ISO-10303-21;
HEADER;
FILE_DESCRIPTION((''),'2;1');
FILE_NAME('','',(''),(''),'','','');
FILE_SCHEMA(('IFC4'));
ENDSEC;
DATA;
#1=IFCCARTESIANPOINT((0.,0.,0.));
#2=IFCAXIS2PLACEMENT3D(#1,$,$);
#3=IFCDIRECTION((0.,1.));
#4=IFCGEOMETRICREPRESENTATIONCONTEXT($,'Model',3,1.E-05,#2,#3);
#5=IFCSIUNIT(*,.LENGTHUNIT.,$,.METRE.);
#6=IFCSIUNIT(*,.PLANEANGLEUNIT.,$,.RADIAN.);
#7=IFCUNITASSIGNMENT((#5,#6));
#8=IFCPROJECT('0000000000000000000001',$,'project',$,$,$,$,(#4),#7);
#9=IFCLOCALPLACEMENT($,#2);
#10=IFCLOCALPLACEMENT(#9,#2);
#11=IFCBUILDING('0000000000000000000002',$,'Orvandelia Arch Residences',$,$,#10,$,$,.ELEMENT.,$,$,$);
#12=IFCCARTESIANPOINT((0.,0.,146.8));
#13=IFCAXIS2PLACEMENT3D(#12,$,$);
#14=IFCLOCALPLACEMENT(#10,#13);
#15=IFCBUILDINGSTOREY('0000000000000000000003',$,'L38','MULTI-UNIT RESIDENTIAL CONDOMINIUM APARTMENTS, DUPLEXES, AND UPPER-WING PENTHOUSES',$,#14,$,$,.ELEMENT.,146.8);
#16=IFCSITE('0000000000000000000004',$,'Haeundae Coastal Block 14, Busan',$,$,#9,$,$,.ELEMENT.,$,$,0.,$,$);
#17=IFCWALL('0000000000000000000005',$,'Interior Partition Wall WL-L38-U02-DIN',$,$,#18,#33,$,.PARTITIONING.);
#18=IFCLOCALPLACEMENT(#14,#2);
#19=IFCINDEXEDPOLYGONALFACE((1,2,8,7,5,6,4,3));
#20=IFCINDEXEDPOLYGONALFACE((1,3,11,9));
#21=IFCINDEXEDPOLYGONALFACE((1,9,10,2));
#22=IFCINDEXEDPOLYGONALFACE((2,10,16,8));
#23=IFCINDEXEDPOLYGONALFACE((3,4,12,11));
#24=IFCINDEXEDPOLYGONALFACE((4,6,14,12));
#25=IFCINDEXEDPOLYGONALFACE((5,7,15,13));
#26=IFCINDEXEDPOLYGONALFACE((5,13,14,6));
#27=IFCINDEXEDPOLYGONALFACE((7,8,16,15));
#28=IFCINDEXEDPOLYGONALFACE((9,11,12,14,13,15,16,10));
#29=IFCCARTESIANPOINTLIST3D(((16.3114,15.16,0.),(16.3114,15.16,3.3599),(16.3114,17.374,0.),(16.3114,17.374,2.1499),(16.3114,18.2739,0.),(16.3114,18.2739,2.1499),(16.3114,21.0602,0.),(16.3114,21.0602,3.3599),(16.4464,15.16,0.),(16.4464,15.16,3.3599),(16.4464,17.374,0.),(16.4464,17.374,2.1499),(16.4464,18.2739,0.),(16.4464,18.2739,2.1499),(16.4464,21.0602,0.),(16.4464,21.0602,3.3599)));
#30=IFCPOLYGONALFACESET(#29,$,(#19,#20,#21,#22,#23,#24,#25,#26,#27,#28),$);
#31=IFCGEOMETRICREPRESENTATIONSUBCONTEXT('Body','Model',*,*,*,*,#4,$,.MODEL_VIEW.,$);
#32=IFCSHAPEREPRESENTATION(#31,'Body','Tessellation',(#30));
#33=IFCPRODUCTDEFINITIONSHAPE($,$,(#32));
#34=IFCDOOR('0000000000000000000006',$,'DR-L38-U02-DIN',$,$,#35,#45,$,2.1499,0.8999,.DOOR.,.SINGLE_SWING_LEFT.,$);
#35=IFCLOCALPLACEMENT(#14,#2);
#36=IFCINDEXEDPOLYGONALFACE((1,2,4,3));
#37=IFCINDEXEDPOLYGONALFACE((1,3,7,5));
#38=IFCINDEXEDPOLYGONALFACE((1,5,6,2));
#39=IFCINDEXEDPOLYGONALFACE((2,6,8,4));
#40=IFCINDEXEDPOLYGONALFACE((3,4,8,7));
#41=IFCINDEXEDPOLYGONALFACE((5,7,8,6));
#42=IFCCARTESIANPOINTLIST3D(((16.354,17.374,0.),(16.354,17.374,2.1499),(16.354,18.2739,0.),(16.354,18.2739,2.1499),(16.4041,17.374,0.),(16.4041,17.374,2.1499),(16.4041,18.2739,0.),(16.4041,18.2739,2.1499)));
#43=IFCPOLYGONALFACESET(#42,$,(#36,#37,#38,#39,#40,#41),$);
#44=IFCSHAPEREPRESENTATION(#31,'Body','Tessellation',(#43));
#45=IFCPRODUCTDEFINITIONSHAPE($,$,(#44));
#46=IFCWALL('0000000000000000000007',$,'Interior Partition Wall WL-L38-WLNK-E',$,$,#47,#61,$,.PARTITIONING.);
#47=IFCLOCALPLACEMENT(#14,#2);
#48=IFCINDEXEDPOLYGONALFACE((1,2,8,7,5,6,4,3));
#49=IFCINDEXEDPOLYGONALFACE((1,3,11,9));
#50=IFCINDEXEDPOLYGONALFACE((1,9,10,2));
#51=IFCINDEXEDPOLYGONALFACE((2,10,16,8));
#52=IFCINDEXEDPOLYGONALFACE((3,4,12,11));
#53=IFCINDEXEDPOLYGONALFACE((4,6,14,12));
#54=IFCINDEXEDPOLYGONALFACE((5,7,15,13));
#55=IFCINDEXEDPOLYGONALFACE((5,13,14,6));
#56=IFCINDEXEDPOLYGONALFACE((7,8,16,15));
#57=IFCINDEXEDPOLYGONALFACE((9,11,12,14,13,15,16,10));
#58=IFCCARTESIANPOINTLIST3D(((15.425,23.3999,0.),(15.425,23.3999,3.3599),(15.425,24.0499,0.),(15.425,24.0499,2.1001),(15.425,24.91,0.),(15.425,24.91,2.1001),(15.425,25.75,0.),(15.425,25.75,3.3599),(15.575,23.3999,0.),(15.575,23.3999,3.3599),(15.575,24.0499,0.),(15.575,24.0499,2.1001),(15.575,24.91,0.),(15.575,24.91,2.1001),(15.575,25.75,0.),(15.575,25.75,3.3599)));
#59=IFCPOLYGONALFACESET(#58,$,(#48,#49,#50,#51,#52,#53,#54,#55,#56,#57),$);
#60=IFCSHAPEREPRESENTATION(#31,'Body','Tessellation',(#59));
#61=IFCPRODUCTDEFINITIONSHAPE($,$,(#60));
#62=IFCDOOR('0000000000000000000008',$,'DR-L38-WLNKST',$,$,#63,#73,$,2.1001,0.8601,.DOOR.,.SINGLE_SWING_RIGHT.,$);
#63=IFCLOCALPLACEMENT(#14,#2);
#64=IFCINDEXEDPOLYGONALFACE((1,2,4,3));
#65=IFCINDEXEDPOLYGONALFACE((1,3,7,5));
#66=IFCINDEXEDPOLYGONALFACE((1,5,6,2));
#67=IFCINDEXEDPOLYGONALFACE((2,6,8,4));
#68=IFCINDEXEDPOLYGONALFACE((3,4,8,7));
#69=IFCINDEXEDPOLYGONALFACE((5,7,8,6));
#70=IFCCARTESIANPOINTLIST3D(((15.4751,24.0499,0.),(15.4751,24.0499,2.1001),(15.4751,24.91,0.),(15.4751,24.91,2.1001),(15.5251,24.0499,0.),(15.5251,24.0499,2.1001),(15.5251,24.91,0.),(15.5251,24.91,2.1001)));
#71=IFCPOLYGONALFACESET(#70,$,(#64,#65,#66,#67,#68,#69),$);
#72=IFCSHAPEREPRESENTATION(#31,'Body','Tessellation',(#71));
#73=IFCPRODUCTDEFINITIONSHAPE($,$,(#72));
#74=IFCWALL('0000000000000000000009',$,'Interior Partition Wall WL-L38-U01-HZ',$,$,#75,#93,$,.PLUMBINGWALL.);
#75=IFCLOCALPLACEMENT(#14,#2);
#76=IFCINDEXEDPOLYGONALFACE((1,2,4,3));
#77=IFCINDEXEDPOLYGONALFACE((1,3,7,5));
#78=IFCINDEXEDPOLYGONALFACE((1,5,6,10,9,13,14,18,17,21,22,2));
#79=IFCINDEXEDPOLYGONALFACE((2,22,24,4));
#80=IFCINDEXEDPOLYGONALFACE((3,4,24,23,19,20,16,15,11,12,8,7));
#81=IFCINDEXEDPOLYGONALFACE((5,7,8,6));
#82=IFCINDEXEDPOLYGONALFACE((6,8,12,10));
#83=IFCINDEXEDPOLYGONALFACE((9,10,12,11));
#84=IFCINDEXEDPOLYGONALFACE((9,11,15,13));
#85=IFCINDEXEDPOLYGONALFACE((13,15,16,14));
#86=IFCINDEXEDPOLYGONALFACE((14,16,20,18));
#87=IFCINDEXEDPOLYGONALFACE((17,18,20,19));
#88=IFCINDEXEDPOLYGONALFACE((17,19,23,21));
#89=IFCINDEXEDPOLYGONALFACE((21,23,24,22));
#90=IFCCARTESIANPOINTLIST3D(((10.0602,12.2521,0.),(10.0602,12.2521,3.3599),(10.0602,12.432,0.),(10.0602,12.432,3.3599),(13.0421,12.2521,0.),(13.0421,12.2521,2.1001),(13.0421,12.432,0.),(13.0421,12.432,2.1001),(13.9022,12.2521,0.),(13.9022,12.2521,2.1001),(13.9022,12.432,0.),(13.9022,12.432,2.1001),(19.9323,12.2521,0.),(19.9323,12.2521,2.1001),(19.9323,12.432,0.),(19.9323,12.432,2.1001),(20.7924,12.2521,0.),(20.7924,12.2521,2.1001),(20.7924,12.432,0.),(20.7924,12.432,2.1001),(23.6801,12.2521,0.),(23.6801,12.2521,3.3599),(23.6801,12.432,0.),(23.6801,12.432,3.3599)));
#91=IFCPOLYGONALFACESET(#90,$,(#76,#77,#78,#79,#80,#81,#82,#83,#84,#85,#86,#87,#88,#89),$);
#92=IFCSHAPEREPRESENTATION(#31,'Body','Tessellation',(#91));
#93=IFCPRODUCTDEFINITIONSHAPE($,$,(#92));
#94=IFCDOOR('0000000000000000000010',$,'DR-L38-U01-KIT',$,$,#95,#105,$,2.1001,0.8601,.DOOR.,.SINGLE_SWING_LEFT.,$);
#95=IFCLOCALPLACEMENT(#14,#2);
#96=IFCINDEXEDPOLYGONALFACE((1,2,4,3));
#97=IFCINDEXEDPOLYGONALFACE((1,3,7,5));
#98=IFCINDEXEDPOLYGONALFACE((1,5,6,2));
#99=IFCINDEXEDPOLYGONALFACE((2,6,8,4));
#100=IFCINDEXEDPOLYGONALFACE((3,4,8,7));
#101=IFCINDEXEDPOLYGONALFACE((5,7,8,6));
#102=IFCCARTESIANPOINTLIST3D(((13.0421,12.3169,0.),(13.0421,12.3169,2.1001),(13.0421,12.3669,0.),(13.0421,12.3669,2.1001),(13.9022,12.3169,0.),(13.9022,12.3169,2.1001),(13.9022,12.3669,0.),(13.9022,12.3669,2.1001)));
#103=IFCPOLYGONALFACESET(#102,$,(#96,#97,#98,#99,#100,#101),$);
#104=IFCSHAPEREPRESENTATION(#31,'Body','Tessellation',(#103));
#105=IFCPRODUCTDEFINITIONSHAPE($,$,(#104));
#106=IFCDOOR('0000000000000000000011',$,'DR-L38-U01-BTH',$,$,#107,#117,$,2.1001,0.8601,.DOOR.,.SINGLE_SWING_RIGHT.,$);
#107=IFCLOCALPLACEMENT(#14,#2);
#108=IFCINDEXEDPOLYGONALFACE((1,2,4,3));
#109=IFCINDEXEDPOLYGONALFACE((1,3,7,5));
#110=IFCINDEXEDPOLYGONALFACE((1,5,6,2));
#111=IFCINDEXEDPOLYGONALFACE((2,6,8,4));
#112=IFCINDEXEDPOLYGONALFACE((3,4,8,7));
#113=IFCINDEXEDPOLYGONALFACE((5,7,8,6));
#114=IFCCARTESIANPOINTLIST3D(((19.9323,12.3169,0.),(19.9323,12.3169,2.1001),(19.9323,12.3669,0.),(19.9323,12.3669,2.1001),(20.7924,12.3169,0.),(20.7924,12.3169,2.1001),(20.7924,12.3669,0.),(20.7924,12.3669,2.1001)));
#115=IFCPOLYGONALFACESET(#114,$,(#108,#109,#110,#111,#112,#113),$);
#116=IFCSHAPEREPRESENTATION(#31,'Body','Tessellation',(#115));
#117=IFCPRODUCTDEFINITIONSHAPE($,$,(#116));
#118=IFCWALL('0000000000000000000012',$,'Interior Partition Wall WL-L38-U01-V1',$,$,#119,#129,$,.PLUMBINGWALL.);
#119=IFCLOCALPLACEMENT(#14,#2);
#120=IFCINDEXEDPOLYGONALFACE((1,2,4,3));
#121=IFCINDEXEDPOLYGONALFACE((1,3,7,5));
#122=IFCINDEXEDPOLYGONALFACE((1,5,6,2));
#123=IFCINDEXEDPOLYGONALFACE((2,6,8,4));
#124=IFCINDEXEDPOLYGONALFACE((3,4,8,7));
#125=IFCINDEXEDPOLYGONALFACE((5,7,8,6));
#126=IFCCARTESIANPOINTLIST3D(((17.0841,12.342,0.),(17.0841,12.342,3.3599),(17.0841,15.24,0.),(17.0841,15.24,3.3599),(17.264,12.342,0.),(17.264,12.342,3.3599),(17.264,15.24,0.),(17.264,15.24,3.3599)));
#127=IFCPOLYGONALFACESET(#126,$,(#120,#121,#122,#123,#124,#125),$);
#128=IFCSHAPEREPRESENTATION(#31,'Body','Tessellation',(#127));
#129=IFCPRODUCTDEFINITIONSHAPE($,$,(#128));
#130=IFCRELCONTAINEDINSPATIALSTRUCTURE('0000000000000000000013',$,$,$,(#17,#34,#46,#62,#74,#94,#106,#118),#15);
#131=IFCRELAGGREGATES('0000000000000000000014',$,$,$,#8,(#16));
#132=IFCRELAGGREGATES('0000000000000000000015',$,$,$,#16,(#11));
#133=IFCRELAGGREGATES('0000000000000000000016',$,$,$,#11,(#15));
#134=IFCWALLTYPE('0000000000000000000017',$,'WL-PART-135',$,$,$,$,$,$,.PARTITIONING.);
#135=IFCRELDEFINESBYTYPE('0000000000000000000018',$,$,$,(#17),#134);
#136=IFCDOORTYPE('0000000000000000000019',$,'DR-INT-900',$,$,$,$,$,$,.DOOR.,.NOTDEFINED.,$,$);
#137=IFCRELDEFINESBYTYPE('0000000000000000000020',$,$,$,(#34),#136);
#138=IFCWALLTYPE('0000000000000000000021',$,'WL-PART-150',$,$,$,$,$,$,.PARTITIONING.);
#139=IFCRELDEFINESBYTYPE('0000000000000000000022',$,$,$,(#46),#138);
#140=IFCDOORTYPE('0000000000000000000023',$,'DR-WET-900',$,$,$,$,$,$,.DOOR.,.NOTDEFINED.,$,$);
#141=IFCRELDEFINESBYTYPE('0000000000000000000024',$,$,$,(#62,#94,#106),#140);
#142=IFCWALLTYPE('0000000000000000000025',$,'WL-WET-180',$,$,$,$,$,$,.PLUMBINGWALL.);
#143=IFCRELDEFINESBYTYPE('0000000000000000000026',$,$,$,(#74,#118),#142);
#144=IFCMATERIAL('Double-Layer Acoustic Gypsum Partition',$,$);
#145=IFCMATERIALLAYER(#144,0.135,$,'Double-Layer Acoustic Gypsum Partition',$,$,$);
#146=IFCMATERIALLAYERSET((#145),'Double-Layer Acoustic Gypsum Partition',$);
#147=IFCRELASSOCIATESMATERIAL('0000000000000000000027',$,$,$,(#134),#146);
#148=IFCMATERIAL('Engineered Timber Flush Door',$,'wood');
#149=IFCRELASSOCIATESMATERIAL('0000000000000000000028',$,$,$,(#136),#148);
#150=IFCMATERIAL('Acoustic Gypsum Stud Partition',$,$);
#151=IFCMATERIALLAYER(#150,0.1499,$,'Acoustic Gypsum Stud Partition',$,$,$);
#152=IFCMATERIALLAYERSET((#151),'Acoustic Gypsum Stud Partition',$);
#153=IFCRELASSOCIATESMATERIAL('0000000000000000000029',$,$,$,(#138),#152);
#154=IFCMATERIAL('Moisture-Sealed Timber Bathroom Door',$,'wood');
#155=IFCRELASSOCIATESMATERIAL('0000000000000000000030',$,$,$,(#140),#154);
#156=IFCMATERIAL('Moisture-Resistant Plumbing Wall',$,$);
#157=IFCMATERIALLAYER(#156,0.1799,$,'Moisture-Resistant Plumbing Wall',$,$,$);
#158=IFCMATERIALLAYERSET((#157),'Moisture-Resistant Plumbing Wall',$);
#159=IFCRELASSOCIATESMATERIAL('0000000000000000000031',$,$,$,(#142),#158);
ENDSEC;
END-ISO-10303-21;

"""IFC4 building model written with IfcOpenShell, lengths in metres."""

from ifc_helpers import new_model, si_unit, direction, frame, frame_2d, origin, place, context, subcontext, project, spatial, rectangle, extrude, material, layer, layer_set, type_object, element, fill, save


model = new_model("IFC4")

# Units and contexts
model_context = context("Model", 3, precision=1e-05, world=origin(), true_north=direction((0.0, 1.0)))
body_context = subcontext(model_context, "Body", "Model", "MODEL_VIEW")
ifc_project = project(units=[si_unit("LENGTHUNIT", "METRE"), si_unit("PLANEANGLEUNIT", "RADIAN")], contexts=[model_context])

# Site, building, storey
site_placement = place(None, origin())
site = spatial("IfcSite", under=ifc_project, at=site_placement, Name="Haeundae Coastal Block 14, Busan", CompositionType="ELEMENT", RefElevation=0.0)
building_placement = place(site_placement, origin())
building = spatial("IfcBuilding", under=site, at=building_placement, Name="Orvandelia Arch Residences", CompositionType="ELEMENT")
storey_placement = place(building_placement, frame((0.0, 0.0, 146.8)))
storey = spatial("IfcBuildingStorey", under=building, at=storey_placement, Name="L38", Description="MULTI-UNIT RESIDENTIAL CONDOMINIUM APARTMENTS, DUPLEXES, AND UPPER-WING PENTHOUSES", CompositionType="ELEMENT", Elevation=146.8)

# Walls, openings, doors
ifc_material_1 = material(Name="Double-Layer Acoustic Gypsum Partition")
ifc_layer_1 = layer(ifc_material_1, 0.135, Name="Double-Layer Acoustic Gypsum Partition")
ifc_layer_set_1 = layer_set([ifc_layer_1], Name="Double-Layer Acoustic Gypsum Partition")
wall_type_1 = type_object("IfcWallType", Name="WL-PART-135", PredefinedType="PARTITIONING", material=ifc_layer_set_1)
wall_1_placement = place(storey_placement, frame((16.3789, 15.1599, 0.0), z_axis=(0.0, 0.0, 1.0), x_axis=(0.0, 1.0, 0.0)))
wall_1 = element("IfcWall", 1, at=wall_1_placement, inside=storey, type_object=wall_type_1, Name="Interior Partition Wall WL-L38-U02-DIN", PredefinedType="PARTITIONING", context=body_context, shape_type="SweptSolid", body=[
    extrude(rectangle(XDim=5.9001, YDim=0.135, at=frame_2d((2.9502, 0.0))), origin(), (0.0, 0.0, 1.0), 3.3599),
])
opening_1_placement = place(wall_1_placement, frame((2.2141, 0.0, 0.0)))
opening_1 = element("IfcOpeningElement", 2, at=opening_1_placement, cuts=wall_1, PredefinedType="OPENING", context=body_context, shape_type="SweptSolid", body=[
    extrude(rectangle(XDim=0.8999, YDim=2.1499, at=frame_2d((0.45, 1.075))), frame((0.0, 0.0776, 0.0), z_axis=(0.0, -1.0, 0.0), x_axis=(1.0, 0.0, 0.0)), (0.0, 0.0, 1.0), 0.155),
])
ifc_material_2 = material(Name="Engineered Timber Flush Door", Category="wood")
door_type_1 = type_object("IfcDoorType", Name="DR-INT-900", OperationType="NOTDEFINED", PredefinedType="DOOR", material=ifc_material_2)
door_1_placement = place(opening_1_placement, origin())
door_1 = element("IfcDoor", 3, at=door_1_placement, inside=storey, type_object=door_type_1, Name="DR-L38-U02-DIN", OperationType="SINGLE_SWING_LEFT", OverallHeight=2.1499, OverallWidth=0.8999, PredefinedType="DOOR", context=body_context, shape_type="SweptSolid", body=[
    extrude(rectangle(XDim=0.8999, YDim=2.1499, at=frame_2d((0.45, 1.075))), frame((0.0, 0.0249, 0.0), z_axis=(0.0, -1.0, 0.0), x_axis=(1.0, 0.0, 0.0)), (0.0, 0.0, 1.0), 0.05),
])
fill(opening_1, door_1)
ifc_material_3 = material(Name="Acoustic Gypsum Stud Partition")
ifc_layer_2 = layer(ifc_material_3, 0.1499, Name="Acoustic Gypsum Stud Partition")
ifc_layer_set_2 = layer_set([ifc_layer_2], Name="Acoustic Gypsum Stud Partition")
wall_type_2 = type_object("IfcWallType", Name="WL-PART-150", PredefinedType="PARTITIONING", material=ifc_layer_set_2)
wall_2_placement = place(storey_placement, frame((15.5, 23.3999, 0.0), z_axis=(0.0, 0.0, 1.0), x_axis=(0.0, 1.0, 0.0)))
wall_2 = element("IfcWall", 4, at=wall_2_placement, inside=storey, type_object=wall_type_2, Name="Interior Partition Wall WL-L38-WLNK-E", PredefinedType="PARTITIONING", context=body_context, shape_type="SweptSolid", body=[
    extrude(rectangle(XDim=2.3501, YDim=0.1499, at=frame_2d((1.175, 0.0))), origin(), (0.0, 0.0, 1.0), 3.3599),
])
opening_2_placement = place(wall_2_placement, frame((0.6499, 0.0, 0.0)))
opening_2 = element("IfcOpeningElement", 5, at=opening_2_placement, cuts=wall_2, PredefinedType="OPENING", context=body_context, shape_type="SweptSolid", body=[
    extrude(rectangle(XDim=0.8601, YDim=2.1001, at=frame_2d((0.4302, 1.05))), frame((0.0, 0.085, 0.0), z_axis=(0.0, -1.0, 0.0), x_axis=(1.0, 0.0, 0.0)), (0.0, 0.0, 1.0), 0.1699),
])
ifc_material_4 = material(Name="Moisture-Sealed Timber Bathroom Door", Category="wood")
door_type_2 = type_object("IfcDoorType", Name="DR-WET-900", OperationType="NOTDEFINED", PredefinedType="DOOR", material=ifc_material_4)
door_2_placement = place(opening_2_placement, origin())
door_2 = element("IfcDoor", 6, at=door_2_placement, inside=storey, type_object=door_type_2, Name="DR-L38-WLNKST", OperationType="SINGLE_SWING_RIGHT", OverallHeight=2.1001, OverallWidth=0.8601, PredefinedType="DOOR", context=body_context, shape_type="SweptSolid", body=[
    extrude(rectangle(XDim=0.8601, YDim=2.1001, at=frame_2d((0.4302, 1.05))), frame((0.0, 0.0249, 0.0), z_axis=(0.0, -1.0, 0.0), x_axis=(1.0, 0.0, 0.0)), (0.0, 0.0, 1.0), 0.05),
])
fill(opening_2, door_2)

# Wall, openings, doors
ifc_material_5 = material(Name="Moisture-Resistant Plumbing Wall")
ifc_layer_3 = layer(ifc_material_5, 0.1799, Name="Moisture-Resistant Plumbing Wall")
ifc_layer_set_3 = layer_set([ifc_layer_3], Name="Moisture-Resistant Plumbing Wall")
wall_type_3 = type_object("IfcWallType", Name="WL-WET-180", PredefinedType="PLUMBINGWALL", material=ifc_layer_set_3)
wall_3_placement = place(storey_placement, frame((10.0601, 12.342, 0.0), z_axis=(0.0, 0.0, 1.0), x_axis=(1.0, 0.0, 0.0)))
wall_3 = element("IfcWall", 7, at=wall_3_placement, inside=storey, type_object=wall_type_3, Name="Interior Partition Wall WL-L38-U01-HZ", PredefinedType="PLUMBINGWALL", context=body_context, shape_type="SweptSolid", body=[
    extrude(rectangle(XDim=13.6199, YDim=0.1799, at=frame_2d((6.8101, 0.0))), origin(), (0.0, 0.0, 1.0), 3.3599),
])
opening_3_placement = place(wall_3_placement, frame((2.9819, 0.0, 0.0)))
opening_3 = element("IfcOpeningElement", 8, at=opening_3_placement, cuts=wall_3, PredefinedType="OPENING", context=body_context, shape_type="SweptSolid", body=[
    extrude(rectangle(XDim=0.8601, YDim=2.1001, at=frame_2d((0.4302, 1.05))), frame((0.0, 0.1001, 0.0), z_axis=(0.0, -1.0, 0.0), x_axis=(1.0, 0.0, 0.0)), (0.0, 0.0, 1.0), 0.2),
])
opening_4_placement = place(wall_3_placement, frame((9.8721, 0.0, 0.0)))
opening_4 = element("IfcOpeningElement", 9, at=opening_4_placement, cuts=wall_3, PredefinedType="OPENING", context=body_context, shape_type="SweptSolid", body=[
    extrude(rectangle(XDim=0.8601, YDim=2.1001, at=frame_2d((0.4302, 1.05))), frame((0.0, 0.1001, 0.0), z_axis=(0.0, -1.0, 0.0), x_axis=(1.0, 0.0, 0.0)), (0.0, 0.0, 1.0), 0.2),
])
door_3_placement = place(opening_3_placement, origin())
door_3 = element("IfcDoor", 10, at=door_3_placement, inside=storey, type_object=door_type_2, Name="DR-L38-U01-KIT", OperationType="SINGLE_SWING_LEFT", OverallHeight=2.1001, OverallWidth=0.8601, PredefinedType="DOOR", context=body_context, shape_type="SweptSolid", body=[
    extrude(rectangle(XDim=0.8601, YDim=2.1001, at=frame_2d((0.4302, 1.05))), frame((0.0, 0.0249, 0.0), z_axis=(0.0, -1.0, 0.0), x_axis=(1.0, 0.0, 0.0)), (0.0, 0.0, 1.0), 0.05),
])
fill(opening_3, door_3)
door_4_placement = place(opening_4_placement, origin())
door_4 = element("IfcDoor", 11, at=door_4_placement, inside=storey, type_object=door_type_2, Name="DR-L38-U01-BTH", OperationType="SINGLE_SWING_RIGHT", OverallHeight=2.1001, OverallWidth=0.8601, PredefinedType="DOOR", context=body_context, shape_type="SweptSolid", body=[
    extrude(rectangle(XDim=0.8601, YDim=2.1001, at=frame_2d((0.4302, 1.05))), frame((0.0, 0.0249, 0.0), z_axis=(0.0, -1.0, 0.0), x_axis=(1.0, 0.0, 0.0)), (0.0, 0.0, 1.0), 0.05),
])
fill(opening_4, door_4)

# Wall
wall_4_placement = place(storey_placement, frame((17.1741, 12.342, 0.0), z_axis=(0.0, 0.0, 1.0), x_axis=(0.0, 1.0, 0.0)))
element("IfcWall", 12, at=wall_4_placement, inside=storey, type_object=wall_type_3, Name="Interior Partition Wall WL-L38-U01-V1", PredefinedType="PLUMBINGWALL", context=body_context, shape_type="SweptSolid", body=[
    extrude(rectangle(XDim=2.8979, YDim=0.1799, at=frame_2d((1.449, 0.0))), origin(), (0.0, 0.0, 1.0), 3.3599),
])

save(model, "model.ifc")
